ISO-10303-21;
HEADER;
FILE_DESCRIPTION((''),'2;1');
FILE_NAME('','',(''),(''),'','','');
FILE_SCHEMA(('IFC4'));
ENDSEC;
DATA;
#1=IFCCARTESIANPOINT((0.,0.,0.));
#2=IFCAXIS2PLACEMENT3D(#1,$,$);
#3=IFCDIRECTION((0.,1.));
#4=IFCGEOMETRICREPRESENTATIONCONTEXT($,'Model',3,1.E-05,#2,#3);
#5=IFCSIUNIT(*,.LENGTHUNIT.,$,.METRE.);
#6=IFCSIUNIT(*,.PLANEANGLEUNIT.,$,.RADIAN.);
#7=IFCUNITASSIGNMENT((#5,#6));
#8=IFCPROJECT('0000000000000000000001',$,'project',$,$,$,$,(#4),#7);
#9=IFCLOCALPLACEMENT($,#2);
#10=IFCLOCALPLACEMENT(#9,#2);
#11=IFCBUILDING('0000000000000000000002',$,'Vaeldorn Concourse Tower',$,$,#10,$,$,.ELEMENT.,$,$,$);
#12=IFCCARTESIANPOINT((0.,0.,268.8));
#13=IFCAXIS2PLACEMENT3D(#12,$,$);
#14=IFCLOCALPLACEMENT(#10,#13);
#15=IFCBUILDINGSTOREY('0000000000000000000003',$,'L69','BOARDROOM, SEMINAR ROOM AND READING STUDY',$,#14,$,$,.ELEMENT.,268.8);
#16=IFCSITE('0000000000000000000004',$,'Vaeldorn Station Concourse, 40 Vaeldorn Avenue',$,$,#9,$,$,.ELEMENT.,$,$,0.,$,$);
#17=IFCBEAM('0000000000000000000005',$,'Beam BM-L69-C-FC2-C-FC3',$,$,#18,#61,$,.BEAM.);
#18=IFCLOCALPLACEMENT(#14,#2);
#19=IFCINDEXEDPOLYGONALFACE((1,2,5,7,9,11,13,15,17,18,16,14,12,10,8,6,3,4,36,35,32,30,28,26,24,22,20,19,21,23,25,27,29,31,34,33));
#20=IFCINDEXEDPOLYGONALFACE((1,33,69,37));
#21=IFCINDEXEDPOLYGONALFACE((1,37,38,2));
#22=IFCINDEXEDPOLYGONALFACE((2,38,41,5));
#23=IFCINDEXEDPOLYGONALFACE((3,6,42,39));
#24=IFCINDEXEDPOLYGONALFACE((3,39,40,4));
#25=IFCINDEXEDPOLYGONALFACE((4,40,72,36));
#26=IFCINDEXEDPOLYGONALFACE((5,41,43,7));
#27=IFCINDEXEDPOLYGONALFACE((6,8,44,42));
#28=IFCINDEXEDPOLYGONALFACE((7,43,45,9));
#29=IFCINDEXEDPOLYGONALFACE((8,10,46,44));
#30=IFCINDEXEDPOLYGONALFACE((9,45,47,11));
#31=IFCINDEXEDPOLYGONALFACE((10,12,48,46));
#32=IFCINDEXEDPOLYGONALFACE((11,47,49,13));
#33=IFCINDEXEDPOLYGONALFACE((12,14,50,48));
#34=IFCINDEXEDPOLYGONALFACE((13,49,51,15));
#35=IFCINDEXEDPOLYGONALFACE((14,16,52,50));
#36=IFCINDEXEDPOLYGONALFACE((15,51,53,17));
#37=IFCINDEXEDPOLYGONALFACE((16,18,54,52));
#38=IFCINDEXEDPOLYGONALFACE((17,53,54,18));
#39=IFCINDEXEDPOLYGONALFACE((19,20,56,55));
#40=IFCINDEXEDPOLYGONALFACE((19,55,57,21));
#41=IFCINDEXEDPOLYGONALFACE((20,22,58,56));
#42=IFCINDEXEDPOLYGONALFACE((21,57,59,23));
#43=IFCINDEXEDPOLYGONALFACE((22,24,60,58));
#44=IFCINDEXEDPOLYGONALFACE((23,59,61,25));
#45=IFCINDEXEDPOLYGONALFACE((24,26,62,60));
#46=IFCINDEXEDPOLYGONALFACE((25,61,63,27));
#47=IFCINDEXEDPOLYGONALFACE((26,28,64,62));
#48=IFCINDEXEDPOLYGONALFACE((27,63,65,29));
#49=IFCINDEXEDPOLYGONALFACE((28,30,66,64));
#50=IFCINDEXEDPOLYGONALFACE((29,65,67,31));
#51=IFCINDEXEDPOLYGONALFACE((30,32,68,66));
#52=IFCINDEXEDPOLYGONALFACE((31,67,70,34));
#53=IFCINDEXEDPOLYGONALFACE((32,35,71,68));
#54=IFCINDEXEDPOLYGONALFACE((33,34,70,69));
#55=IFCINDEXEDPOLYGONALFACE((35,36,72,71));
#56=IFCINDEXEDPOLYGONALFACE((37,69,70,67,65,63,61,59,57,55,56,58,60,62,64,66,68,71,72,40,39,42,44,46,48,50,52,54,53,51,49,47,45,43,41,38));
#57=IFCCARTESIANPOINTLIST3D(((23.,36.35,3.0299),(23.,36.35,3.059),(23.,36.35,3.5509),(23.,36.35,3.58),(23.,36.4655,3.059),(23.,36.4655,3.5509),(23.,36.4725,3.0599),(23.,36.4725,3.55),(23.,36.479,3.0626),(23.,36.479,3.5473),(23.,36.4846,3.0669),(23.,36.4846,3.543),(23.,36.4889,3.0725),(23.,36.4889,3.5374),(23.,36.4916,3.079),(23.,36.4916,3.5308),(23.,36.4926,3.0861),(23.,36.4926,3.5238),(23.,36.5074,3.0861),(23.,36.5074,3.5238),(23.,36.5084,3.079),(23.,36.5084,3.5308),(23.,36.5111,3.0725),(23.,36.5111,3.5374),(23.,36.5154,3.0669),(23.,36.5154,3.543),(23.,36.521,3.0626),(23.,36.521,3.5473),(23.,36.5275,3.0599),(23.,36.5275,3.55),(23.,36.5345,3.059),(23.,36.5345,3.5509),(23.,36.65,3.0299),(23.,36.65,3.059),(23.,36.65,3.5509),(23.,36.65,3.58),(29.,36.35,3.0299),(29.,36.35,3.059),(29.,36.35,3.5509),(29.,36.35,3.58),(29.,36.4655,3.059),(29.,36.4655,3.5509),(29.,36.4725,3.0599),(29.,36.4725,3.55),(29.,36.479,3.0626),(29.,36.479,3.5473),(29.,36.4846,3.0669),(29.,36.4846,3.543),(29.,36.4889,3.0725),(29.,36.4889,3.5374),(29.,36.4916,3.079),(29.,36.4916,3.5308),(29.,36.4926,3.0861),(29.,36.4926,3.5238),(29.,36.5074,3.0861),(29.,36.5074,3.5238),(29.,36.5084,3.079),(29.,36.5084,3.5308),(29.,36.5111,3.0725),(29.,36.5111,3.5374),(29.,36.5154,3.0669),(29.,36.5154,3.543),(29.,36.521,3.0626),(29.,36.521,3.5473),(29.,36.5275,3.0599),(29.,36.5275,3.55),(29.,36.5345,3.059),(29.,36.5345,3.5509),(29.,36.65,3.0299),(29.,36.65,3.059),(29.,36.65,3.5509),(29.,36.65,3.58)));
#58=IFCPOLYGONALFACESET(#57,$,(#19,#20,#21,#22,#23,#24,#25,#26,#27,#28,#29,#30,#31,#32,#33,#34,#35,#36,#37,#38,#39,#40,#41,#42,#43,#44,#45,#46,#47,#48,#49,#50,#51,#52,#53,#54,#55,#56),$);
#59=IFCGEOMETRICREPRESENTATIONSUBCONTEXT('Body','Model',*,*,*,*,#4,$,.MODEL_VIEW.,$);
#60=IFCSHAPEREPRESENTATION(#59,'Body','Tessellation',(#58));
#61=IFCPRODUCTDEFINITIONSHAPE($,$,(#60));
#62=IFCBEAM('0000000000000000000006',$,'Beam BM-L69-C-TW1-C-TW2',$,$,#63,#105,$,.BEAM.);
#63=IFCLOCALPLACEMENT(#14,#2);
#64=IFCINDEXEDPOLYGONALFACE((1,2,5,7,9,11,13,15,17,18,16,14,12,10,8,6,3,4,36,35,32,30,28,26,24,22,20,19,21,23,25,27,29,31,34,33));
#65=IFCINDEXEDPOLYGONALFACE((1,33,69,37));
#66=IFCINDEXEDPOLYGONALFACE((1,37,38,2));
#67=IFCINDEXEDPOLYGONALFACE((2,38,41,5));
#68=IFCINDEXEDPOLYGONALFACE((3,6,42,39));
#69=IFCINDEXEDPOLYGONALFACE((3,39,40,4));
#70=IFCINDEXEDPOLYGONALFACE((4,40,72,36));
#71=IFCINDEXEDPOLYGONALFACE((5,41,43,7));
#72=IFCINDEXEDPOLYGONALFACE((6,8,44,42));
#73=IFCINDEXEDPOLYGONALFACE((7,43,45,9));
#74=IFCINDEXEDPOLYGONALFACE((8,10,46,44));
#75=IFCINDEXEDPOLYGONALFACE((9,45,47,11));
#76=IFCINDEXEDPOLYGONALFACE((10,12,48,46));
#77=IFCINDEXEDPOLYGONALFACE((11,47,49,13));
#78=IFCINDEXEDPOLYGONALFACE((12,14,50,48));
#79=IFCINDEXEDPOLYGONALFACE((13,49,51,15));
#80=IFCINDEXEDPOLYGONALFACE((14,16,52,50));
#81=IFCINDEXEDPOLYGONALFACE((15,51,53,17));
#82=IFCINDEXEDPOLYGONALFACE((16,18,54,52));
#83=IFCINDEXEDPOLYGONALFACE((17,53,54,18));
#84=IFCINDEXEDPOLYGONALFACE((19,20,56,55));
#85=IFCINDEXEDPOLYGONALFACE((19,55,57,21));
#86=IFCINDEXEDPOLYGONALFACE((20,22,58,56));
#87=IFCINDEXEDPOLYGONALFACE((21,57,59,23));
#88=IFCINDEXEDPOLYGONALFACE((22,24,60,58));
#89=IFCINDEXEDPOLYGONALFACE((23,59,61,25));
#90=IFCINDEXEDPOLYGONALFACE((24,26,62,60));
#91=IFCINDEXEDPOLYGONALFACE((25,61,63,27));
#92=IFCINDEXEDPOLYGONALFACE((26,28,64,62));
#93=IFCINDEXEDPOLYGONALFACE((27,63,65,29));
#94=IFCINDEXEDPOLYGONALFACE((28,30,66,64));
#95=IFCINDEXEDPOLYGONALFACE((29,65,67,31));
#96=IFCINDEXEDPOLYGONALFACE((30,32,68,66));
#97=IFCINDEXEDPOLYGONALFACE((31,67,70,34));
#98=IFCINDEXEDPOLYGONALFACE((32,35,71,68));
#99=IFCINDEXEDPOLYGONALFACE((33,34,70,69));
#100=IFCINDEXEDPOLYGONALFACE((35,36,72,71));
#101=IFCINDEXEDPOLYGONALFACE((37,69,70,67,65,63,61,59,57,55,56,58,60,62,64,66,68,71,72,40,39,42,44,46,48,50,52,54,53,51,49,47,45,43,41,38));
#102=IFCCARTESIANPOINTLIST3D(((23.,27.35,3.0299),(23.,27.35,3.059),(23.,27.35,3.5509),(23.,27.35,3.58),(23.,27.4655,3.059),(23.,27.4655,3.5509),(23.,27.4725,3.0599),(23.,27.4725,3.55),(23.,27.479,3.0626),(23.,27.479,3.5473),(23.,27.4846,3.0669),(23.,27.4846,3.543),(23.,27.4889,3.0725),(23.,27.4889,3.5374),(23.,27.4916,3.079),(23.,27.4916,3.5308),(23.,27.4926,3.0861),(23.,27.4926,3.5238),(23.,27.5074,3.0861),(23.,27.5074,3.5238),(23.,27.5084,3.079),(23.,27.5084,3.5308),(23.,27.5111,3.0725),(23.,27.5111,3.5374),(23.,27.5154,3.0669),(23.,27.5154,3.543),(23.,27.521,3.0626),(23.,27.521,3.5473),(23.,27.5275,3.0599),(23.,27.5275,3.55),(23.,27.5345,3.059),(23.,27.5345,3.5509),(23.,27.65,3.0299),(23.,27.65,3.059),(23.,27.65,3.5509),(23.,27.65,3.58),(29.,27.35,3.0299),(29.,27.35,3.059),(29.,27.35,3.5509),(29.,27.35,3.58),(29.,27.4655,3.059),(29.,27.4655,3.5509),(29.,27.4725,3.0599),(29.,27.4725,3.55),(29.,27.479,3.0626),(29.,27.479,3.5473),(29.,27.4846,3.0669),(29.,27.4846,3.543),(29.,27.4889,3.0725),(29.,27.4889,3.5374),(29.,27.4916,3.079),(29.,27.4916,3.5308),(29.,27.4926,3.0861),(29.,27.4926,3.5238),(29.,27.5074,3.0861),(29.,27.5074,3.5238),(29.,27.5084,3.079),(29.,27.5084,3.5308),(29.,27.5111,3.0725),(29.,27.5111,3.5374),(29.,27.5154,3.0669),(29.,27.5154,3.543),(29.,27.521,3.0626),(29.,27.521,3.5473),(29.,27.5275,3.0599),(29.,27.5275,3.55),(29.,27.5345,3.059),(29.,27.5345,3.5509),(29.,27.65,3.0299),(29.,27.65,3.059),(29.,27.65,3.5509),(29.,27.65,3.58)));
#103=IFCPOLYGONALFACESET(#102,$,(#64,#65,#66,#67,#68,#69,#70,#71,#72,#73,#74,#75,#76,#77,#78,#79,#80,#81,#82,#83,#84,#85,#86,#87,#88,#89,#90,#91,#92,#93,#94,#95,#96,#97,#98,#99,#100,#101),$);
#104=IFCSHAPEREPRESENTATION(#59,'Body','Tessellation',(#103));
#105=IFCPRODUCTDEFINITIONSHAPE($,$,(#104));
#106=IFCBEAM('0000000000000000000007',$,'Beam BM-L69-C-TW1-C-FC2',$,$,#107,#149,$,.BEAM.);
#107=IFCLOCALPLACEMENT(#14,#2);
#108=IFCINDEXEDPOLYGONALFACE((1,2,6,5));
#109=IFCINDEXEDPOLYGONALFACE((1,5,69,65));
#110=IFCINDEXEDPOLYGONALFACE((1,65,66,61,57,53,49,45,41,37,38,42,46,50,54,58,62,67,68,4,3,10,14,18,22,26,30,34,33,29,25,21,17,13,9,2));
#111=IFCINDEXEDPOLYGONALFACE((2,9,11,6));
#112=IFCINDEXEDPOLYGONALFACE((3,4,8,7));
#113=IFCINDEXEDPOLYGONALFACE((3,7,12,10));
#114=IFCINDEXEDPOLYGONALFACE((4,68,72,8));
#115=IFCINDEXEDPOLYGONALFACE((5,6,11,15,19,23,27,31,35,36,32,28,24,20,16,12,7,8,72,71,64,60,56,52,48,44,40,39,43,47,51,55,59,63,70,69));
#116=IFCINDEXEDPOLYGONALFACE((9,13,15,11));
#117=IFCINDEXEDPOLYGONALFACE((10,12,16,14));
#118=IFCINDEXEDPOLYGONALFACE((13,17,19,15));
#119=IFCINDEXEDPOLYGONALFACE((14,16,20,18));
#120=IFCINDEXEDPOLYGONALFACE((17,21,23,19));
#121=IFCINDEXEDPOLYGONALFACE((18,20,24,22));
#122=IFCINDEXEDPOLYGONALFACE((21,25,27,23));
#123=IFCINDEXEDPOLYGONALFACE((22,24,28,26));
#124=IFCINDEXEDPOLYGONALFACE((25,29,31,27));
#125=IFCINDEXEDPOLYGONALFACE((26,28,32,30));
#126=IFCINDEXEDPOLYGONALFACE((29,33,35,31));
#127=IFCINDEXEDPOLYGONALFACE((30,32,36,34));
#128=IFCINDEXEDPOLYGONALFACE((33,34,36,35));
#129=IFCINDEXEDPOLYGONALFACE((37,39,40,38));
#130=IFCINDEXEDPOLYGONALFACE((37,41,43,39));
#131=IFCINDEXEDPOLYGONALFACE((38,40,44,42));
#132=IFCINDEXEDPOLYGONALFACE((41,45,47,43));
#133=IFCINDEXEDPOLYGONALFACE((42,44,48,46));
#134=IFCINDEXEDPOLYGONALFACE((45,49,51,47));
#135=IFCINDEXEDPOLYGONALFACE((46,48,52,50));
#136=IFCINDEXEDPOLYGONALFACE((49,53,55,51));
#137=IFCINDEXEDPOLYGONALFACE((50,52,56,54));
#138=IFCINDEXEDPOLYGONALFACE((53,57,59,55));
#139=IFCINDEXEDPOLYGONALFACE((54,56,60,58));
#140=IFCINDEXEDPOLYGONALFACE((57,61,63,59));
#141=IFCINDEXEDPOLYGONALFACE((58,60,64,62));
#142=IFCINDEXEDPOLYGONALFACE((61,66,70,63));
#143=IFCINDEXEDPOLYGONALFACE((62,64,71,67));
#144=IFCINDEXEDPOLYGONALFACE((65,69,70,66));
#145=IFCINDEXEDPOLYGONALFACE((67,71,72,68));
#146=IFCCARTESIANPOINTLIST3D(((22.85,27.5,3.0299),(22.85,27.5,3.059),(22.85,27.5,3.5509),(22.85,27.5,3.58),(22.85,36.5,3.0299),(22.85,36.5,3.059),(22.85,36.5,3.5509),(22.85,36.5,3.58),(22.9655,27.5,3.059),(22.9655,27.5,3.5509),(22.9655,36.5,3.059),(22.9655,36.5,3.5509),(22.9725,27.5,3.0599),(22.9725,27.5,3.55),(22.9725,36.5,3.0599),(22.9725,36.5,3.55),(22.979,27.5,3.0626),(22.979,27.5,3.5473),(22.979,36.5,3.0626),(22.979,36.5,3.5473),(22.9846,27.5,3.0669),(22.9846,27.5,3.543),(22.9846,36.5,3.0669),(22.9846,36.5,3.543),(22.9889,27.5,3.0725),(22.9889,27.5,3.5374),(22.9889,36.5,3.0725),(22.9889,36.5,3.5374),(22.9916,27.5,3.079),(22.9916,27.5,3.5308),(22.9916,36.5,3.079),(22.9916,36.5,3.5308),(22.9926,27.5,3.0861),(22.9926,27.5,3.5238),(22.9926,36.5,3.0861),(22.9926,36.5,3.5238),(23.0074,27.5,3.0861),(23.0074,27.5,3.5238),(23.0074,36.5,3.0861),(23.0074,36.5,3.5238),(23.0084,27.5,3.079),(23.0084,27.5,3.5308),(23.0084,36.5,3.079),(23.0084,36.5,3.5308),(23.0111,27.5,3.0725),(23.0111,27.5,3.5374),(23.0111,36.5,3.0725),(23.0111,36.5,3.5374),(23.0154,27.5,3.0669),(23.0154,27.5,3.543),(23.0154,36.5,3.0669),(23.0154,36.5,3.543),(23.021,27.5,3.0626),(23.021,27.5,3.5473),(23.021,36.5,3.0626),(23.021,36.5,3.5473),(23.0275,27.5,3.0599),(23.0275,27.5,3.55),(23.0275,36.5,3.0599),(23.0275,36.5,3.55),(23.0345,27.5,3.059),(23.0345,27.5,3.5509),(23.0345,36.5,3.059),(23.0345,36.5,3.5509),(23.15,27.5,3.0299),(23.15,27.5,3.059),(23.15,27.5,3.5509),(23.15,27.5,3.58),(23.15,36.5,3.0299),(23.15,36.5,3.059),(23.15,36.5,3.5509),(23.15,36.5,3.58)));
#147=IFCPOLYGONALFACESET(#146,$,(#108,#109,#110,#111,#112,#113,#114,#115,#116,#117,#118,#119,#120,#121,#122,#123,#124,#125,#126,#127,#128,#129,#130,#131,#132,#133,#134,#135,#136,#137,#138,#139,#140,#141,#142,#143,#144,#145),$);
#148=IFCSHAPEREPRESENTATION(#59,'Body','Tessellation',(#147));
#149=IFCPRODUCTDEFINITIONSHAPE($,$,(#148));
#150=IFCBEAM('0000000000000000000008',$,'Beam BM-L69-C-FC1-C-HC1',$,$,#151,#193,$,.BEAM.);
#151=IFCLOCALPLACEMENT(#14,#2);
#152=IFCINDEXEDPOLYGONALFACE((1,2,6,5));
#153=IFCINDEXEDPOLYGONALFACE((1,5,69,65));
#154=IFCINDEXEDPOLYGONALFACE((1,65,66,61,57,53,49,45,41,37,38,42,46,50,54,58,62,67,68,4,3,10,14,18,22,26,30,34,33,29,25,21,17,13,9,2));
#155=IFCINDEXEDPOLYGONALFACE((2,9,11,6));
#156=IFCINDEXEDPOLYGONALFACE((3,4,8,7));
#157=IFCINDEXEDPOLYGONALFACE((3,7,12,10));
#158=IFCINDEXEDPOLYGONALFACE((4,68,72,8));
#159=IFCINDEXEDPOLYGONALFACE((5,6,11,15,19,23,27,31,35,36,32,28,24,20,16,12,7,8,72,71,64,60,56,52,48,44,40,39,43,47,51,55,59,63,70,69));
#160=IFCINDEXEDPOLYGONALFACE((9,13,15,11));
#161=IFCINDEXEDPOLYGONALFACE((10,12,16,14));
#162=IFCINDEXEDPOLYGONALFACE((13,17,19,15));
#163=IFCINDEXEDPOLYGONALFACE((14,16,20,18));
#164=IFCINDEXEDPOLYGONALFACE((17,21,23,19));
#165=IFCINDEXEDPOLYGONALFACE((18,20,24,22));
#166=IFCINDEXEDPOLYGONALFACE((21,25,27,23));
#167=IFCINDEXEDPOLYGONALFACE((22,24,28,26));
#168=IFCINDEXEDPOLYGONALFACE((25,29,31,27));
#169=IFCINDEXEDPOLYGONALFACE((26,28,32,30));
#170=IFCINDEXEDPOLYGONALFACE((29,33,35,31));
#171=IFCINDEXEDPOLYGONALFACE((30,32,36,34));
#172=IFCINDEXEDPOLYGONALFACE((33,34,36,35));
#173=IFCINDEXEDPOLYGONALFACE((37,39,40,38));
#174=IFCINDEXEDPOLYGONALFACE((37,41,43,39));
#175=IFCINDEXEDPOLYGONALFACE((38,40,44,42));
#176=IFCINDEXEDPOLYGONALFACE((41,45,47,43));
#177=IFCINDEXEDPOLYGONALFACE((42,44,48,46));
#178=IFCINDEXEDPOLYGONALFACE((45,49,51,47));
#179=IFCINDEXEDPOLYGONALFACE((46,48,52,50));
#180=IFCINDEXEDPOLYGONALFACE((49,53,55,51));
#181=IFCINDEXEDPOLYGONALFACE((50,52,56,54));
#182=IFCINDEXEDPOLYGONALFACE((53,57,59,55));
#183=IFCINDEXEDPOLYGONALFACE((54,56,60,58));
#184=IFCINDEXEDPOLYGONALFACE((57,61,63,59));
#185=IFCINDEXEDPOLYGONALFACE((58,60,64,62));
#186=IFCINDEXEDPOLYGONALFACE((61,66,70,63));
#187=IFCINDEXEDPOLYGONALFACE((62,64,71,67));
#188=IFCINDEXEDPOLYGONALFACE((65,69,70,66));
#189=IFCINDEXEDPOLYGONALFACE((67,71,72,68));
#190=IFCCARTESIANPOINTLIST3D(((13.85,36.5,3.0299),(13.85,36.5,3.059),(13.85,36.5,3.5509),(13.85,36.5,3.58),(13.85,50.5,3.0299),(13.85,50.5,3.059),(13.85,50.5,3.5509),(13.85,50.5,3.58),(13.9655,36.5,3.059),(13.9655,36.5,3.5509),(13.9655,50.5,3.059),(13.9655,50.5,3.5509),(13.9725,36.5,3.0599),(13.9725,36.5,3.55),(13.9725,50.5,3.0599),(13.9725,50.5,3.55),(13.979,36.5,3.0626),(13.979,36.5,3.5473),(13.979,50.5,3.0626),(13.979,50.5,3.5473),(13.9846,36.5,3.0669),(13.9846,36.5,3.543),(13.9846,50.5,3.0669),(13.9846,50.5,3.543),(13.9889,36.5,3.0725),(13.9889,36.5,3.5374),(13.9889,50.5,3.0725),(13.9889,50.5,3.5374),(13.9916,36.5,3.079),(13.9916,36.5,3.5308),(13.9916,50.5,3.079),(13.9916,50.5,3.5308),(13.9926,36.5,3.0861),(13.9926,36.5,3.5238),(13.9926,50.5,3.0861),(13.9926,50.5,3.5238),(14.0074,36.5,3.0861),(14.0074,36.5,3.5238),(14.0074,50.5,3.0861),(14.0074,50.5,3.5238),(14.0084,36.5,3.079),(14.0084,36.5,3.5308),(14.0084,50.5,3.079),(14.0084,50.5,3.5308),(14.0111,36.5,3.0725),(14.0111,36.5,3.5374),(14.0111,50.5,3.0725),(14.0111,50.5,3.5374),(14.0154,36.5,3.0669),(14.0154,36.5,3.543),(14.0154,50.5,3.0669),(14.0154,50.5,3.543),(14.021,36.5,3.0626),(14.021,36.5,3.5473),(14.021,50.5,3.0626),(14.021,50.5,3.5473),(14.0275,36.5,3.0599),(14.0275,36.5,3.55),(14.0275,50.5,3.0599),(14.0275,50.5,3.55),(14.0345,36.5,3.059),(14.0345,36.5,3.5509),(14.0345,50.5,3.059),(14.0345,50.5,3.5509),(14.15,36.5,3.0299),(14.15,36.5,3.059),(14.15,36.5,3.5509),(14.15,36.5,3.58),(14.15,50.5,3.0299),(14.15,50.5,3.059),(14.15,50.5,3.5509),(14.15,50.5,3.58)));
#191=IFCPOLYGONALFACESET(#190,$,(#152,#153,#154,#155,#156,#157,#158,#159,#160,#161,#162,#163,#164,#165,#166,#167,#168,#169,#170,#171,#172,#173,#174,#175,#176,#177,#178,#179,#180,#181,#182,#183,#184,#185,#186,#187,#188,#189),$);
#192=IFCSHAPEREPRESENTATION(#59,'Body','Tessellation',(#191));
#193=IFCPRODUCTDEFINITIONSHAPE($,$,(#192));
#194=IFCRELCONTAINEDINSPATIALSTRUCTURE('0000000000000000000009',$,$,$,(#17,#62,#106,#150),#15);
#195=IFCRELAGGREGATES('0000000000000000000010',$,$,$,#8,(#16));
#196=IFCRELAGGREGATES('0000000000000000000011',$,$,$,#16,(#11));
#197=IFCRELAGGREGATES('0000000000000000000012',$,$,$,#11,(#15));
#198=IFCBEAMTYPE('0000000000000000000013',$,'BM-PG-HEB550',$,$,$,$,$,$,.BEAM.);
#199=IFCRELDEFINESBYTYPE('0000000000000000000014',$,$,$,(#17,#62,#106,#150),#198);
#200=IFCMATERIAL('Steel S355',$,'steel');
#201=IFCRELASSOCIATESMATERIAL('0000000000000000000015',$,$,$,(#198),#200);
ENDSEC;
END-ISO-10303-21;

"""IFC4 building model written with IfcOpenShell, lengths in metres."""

from ifc_helpers import new_model, si_unit, direction, frame, origin, origin_2d, place, context, subcontext, project, spatial, i_section, extrude, source, transform, mapped, material, material_profile, profile_set, type_object, element, save


model = new_model("IFC4")

# Units and contexts
model_context = context("Model", 3, precision=1e-05, world=origin(), true_north=direction((0.0, 1.0)))
body_context = subcontext(model_context, "Body", "Model", "MODEL_VIEW")
ifc_project = project(units=[si_unit("LENGTHUNIT", "METRE"), si_unit("PLANEANGLEUNIT", "RADIAN")], contexts=[model_context])

# Site, building, storey
site_placement = place(None, origin())
site = spatial("IfcSite", under=ifc_project, at=site_placement, Name="Vaeldorn Station Concourse, 40 Vaeldorn Avenue", CompositionType="ELEMENT", RefElevation=0.0)
building_placement = place(site_placement, origin())
building = spatial("IfcBuilding", under=site, at=building_placement, Name="Vaeldorn Concourse Tower", CompositionType="ELEMENT")
storey_placement = place(building_placement, frame((0.0, 0.0, 268.8)))
storey = spatial("IfcBuildingStorey", under=building, at=storey_placement, Name="L69", Description="BOARDROOM, SEMINAR ROOM AND READING STUDY", CompositionType="ELEMENT", Elevation=268.8)

# Shared definitions
ifc_material_1 = material(Name="Steel S355", Category="steel")

# Beams
ifc_material_profile_1 = material_profile(ifc_material_1, i_section(OverallWidth=0.3, OverallDepth=0.55, WebThickness=0.0149, FlangeThickness=0.0291, FilletRadius=0.0271, at=origin_2d()), Name="HEB 550")
ifc_profile_set_1 = profile_set([ifc_material_profile_1], Name="Steel S355")
beam_type_1 = type_object("IfcBeamType", Name="BM-PG-HEB550", PredefinedType="BEAM", material=ifc_profile_set_1)
shared_shape_1 = source(origin(), body_context, "Body", "SweptSolid", [
    extrude(i_section(OverallWidth=0.3, OverallDepth=0.55, WebThickness=0.0149, FlangeThickness=0.0291, FilletRadius=0.0271, at=origin_2d()), origin(), (0.0, 0.0, 1.0), 6.0),
])
for number, where, z_axis, x_axis, name in (
    (1, (23.0, 36.5, 3.3049), (1.0, 0.0, 0.0), (0.0, 1.0, 0.0), "Beam BM-L69-C-FC2-C-FC3"),
    (2, (23.0, 27.5, 3.3049), (1.0, 0.0, 0.0), (0.0, 1.0, 0.0), "Beam BM-L69-C-TW1-C-TW2"),
):
    element("IfcBeam", number, at=place(storey_placement, frame(where, z_axis=z_axis, x_axis=x_axis)), inside=storey, type_object=beam_type_1, Name=name, PredefinedType="BEAM", context=body_context, shape_type="MappedRepresentation", body=[
        mapped(shared_shape_1, transform((0.0, 0.0, 0.0), scale=1.0)),
    ])
shared_shape_2 = source(origin(), body_context, "Body", "SweptSolid", [
    extrude(i_section(OverallWidth=0.3, OverallDepth=0.55, WebThickness=0.0149, FlangeThickness=0.0291, FilletRadius=0.0271, at=origin_2d()), origin(), (0.0, 0.0, 1.0), 9.0),
])
beam_1_placement = place(storey_placement, frame((23.0, 27.5, 3.3049), z_axis=(0.0, 1.0, 0.0), x_axis=(-1.0, 0.0, 0.0)))
element("IfcBeam", 3, at=beam_1_placement, inside=storey, type_object=beam_type_1, Name="Beam BM-L69-C-TW1-C-FC2", PredefinedType="BEAM", context=body_context, shape_type="MappedRepresentation", body=[
    mapped(shared_shape_2, transform((0.0, 0.0, 0.0), scale=1.0)),
])
shared_shape_3 = source(origin(), body_context, "Body", "SweptSolid", [
    extrude(i_section(OverallWidth=0.3, OverallDepth=0.55, WebThickness=0.0149, FlangeThickness=0.0291, FilletRadius=0.0271, at=origin_2d()), origin(), (0.0, 0.0, 1.0), 14.0),
])
for number, where, z_axis, x_axis, name in (
    (4, (14.0, 36.5, 3.3049), (0.0, 1.0, 0.0), (-1.0, 0.0, 0.0), "Beam BM-L69-C-FC1-C-HC1"),
):
    element("IfcBeam", number, at=place(storey_placement, frame(where, z_axis=z_axis, x_axis=x_axis)), inside=storey, type_object=beam_type_1, Name=name, PredefinedType="BEAM", context=body_context, shape_type="MappedRepresentation", body=[
        mapped(shared_shape_3, transform((0.0, 0.0, 0.0), scale=1.0)),
    ])

save(model, "model.ifc")
